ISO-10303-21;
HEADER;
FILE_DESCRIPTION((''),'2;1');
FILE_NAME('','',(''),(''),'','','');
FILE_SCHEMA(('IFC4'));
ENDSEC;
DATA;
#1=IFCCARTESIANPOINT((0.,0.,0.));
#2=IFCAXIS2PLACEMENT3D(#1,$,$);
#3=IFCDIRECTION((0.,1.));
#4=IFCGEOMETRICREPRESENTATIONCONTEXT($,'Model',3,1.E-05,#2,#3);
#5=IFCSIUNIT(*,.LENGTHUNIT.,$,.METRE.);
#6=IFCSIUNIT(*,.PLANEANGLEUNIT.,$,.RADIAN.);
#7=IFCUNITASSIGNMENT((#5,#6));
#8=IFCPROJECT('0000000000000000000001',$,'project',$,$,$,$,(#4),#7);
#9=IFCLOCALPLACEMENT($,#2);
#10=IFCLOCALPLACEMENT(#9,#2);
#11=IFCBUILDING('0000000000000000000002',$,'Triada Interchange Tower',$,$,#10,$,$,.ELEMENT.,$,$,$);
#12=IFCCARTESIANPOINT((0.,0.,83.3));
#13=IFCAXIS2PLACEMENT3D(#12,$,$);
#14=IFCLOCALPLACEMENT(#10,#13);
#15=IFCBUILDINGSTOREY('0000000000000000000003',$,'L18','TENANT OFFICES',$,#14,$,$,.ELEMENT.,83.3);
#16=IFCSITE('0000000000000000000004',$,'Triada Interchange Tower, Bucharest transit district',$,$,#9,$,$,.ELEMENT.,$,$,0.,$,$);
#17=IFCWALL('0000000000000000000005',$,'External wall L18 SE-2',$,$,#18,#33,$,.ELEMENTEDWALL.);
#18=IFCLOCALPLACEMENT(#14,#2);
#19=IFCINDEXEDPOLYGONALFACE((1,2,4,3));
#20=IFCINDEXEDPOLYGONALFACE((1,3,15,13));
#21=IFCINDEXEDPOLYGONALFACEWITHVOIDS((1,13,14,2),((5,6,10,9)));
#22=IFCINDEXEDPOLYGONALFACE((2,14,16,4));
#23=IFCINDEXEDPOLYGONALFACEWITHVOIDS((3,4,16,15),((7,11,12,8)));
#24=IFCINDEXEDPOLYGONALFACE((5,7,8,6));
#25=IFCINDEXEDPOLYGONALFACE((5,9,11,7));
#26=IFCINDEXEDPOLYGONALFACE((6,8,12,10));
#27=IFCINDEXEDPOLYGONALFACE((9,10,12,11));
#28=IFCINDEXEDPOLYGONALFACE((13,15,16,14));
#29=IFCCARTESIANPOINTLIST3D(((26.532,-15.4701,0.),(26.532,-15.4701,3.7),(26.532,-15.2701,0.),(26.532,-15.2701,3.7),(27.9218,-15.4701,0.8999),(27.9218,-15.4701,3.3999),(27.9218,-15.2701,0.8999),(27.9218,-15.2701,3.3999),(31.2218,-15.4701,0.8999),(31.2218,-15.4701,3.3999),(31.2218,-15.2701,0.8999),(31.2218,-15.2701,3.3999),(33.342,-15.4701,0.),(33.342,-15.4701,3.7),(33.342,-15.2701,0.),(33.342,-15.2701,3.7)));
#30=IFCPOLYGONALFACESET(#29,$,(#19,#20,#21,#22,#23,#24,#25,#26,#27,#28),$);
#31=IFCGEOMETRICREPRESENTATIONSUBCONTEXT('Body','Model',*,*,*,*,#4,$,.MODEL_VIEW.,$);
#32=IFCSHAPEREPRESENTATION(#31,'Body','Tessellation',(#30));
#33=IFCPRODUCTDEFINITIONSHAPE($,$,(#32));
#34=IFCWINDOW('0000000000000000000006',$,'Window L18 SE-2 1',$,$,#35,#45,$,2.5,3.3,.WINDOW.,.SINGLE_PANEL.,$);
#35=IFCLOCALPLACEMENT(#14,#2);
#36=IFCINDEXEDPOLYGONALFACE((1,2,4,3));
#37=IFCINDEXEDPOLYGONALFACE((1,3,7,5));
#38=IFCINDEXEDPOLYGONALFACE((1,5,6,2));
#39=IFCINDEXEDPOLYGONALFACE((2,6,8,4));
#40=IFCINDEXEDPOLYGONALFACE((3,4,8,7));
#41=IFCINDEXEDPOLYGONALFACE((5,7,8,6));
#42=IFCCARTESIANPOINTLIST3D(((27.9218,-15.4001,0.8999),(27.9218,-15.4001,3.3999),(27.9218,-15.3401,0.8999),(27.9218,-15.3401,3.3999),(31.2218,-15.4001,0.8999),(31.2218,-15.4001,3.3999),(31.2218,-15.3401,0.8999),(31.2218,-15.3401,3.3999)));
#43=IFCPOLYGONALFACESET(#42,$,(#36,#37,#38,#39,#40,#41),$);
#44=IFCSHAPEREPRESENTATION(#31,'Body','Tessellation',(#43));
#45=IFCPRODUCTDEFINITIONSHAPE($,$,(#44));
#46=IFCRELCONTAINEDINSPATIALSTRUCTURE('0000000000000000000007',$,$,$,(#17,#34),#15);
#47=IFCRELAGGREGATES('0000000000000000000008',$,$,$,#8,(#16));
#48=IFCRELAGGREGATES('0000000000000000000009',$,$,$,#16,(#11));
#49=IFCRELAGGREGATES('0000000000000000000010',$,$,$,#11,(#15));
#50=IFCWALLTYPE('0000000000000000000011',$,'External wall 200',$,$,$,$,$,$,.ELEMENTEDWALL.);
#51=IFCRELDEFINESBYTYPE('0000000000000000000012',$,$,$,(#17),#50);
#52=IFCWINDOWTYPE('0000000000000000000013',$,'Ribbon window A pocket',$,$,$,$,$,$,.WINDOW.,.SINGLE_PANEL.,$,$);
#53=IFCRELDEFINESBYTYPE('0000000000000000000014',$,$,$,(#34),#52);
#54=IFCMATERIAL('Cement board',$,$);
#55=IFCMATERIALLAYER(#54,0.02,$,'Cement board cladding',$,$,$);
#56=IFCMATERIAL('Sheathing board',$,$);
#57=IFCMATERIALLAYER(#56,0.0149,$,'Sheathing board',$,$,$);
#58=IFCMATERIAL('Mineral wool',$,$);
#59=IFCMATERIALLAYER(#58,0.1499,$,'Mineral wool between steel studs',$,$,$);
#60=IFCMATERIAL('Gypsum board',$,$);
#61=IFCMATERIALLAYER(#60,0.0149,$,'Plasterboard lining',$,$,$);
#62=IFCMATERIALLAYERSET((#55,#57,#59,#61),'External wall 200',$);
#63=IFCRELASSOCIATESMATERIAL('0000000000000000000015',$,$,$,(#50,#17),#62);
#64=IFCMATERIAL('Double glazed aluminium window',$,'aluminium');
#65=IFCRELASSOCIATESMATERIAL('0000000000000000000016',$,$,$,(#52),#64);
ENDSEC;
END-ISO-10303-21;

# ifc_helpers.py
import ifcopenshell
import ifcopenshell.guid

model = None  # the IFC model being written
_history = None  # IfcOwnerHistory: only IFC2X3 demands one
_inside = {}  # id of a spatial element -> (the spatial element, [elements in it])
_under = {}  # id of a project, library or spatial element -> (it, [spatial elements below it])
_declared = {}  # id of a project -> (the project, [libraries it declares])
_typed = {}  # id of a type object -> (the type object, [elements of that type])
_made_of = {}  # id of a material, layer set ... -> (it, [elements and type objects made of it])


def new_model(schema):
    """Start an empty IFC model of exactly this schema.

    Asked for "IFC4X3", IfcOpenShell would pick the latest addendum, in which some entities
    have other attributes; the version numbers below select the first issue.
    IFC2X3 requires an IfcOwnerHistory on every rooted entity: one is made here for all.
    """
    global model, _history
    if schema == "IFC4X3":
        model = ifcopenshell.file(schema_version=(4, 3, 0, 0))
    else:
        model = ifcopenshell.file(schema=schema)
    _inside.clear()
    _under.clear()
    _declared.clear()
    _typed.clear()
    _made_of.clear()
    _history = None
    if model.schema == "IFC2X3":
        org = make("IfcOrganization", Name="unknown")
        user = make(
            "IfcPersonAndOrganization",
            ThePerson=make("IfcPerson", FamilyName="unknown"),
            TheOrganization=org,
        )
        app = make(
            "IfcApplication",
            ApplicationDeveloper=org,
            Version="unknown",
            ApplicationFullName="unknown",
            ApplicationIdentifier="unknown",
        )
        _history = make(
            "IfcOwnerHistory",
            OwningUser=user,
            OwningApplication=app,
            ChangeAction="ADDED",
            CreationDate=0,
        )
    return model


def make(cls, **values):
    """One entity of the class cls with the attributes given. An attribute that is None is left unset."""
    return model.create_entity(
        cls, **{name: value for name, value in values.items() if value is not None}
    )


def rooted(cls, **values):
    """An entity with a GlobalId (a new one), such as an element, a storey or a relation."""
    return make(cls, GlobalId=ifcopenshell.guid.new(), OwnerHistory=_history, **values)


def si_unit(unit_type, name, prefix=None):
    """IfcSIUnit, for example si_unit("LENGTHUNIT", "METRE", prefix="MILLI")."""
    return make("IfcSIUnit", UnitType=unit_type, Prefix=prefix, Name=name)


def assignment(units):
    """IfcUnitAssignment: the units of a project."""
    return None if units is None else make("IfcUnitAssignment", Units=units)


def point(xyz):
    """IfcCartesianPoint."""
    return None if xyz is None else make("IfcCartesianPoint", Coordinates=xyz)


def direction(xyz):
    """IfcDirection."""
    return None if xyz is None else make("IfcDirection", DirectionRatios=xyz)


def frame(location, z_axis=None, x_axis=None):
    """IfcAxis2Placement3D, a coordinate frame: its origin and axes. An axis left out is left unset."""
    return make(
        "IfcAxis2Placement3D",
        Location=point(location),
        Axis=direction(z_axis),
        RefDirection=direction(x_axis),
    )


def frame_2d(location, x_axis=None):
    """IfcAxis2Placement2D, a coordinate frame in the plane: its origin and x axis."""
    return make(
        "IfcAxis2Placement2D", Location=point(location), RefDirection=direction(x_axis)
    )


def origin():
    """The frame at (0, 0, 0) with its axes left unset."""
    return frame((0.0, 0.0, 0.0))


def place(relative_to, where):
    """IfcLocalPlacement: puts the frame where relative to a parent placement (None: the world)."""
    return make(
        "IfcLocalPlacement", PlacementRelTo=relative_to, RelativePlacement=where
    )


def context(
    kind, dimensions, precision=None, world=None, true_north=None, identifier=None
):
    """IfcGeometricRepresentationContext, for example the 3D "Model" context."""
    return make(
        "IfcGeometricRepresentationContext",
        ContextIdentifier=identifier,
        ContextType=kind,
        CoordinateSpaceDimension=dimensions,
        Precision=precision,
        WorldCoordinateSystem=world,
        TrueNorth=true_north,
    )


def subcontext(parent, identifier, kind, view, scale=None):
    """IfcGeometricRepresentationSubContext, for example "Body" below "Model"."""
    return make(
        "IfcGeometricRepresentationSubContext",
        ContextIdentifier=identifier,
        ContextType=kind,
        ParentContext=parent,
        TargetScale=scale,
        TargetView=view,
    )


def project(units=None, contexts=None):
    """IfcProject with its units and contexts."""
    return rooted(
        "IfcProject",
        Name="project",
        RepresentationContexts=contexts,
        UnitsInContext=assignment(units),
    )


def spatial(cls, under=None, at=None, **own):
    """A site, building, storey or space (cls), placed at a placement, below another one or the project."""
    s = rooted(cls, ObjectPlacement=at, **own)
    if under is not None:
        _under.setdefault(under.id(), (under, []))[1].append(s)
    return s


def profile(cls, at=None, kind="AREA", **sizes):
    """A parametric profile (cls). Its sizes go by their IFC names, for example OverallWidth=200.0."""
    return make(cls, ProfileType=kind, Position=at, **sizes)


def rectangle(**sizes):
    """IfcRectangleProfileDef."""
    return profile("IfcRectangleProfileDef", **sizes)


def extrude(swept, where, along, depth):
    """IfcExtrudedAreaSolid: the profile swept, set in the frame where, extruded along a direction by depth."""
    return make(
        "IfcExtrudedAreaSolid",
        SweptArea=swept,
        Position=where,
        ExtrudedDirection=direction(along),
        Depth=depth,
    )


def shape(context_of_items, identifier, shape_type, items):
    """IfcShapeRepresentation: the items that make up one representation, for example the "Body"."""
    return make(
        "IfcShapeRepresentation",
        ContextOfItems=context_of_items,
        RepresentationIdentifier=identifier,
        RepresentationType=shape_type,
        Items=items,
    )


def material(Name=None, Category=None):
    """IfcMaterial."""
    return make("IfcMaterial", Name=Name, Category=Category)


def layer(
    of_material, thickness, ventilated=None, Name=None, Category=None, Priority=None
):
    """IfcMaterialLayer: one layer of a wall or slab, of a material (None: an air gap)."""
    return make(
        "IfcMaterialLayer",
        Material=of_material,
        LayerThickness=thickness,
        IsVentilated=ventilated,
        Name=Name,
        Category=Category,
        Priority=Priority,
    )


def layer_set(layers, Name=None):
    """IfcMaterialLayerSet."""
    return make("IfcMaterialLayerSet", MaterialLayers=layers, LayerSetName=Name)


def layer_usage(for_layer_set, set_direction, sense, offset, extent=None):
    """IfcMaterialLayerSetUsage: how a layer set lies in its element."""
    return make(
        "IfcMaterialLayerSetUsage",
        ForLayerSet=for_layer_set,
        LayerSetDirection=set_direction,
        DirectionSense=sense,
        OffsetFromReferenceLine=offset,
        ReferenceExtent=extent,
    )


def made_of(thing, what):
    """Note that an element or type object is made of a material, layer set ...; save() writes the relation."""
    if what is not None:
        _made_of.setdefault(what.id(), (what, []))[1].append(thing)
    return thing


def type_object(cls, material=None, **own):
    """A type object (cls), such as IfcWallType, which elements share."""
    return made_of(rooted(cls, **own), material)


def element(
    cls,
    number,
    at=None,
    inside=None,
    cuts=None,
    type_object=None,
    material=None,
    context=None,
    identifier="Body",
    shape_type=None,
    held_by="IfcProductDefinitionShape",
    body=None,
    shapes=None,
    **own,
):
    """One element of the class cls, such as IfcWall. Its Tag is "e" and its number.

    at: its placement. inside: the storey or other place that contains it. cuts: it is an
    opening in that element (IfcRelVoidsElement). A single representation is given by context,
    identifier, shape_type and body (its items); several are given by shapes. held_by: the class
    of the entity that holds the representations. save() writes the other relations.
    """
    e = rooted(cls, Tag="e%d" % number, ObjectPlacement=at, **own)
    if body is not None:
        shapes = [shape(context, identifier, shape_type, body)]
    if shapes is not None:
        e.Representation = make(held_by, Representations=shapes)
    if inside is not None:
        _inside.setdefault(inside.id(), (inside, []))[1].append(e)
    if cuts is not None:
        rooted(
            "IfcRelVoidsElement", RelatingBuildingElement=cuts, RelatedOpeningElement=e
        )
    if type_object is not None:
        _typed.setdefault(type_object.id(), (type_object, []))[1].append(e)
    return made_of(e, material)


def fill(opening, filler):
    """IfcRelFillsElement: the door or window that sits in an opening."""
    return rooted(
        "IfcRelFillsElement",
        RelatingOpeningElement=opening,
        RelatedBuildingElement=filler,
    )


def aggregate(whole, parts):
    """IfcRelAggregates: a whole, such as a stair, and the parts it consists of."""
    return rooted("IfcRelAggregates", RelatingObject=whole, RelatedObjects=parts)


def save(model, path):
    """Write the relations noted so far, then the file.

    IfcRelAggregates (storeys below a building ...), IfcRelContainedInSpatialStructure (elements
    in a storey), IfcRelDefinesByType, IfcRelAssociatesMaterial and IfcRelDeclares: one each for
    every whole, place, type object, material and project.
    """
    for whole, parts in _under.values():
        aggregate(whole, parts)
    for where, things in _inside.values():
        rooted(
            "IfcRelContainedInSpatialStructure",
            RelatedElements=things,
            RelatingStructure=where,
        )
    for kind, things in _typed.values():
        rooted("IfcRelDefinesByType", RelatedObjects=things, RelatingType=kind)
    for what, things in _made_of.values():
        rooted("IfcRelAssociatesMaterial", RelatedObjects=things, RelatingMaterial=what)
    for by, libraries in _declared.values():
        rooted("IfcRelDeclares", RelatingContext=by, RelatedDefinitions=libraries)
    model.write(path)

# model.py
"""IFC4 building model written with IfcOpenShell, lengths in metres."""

from ifc_helpers import new_model, si_unit, direction, frame, frame_2d, origin, place, context, subcontext, project, spatial, rectangle, extrude, material, layer, layer_set, layer_usage, type_object, element, fill, save


model = new_model("IFC4")

# Units and contexts
model_context = context("Model", 3, precision=1e-05, world=origin(), true_north=direction((0.0, 1.0)))
body_context = subcontext(model_context, "Body", "Model", "MODEL_VIEW")
ifc_project = project(units=[si_unit("LENGTHUNIT", "METRE"), si_unit("PLANEANGLEUNIT", "RADIAN")], contexts=[model_context])

# Site, building, storey
site_placement = place(None, origin())
site = spatial("IfcSite", under=ifc_project, at=site_placement, Name="Triada Interchange Tower, Bucharest transit district", CompositionType="ELEMENT", RefElevation=0.0)
building_placement = place(site_placement, origin())
building = spatial("IfcBuilding", under=site, at=building_placement, Name="Triada Interchange Tower", CompositionType="ELEMENT")
storey_placement = place(building_placement, frame((0.0, 0.0, 83.3)))
storey = spatial("IfcBuildingStorey", under=building, at=storey_placement, Name="L18", Description="TENANT OFFICES", CompositionType="ELEMENT", Elevation=83.3)

# Wall, opening, window
ifc_material_1 = material(Name="Cement board")
ifc_layer_1 = layer(ifc_material_1, 0.02, Name="Cement board cladding")
ifc_material_2 = material(Name="Sheathing board")
ifc_layer_2 = layer(ifc_material_2, 0.0149, Name="Sheathing board")
ifc_material_3 = material(Name="Mineral wool")
ifc_layer_3 = layer(ifc_material_3, 0.1499, Name="Mineral wool between steel studs")
ifc_material_4 = material(Name="Gypsum board")
ifc_layer_4 = layer(ifc_material_4, 0.0149, Name="Plasterboard lining")
ifc_layer_set_1 = layer_set([ifc_layer_1, ifc_layer_2, ifc_layer_3, ifc_layer_4], Name="External wall 200")
ifc_layer_usage = layer_usage(ifc_layer_set_1, "AXIS2", "POSITIVE", -0.1001)
wall_type = type_object("IfcWallType", Name="External wall 200", PredefinedType="ELEMENTEDWALL", material=ifc_layer_set_1)
ifc_material_5 = material(Name="Double glazed aluminium window", Category="aluminium")
window_type_1 = type_object("IfcWindowType", Name="Ribbon window A pocket", PartitioningType="SINGLE_PANEL", PredefinedType="WINDOW", material=ifc_material_5)
wall_1_placement = place(storey_placement, frame((26.532, -15.3701, 0.0), z_axis=(0.0, 0.0, 1.0), x_axis=(1.0, 0.0, 0.0)))
wall_1 = element("IfcWall", 1, at=wall_1_placement, inside=storey, type_object=wall_type, material=ifc_layer_usage, Name="External wall L18 SE-2", PredefinedType="ELEMENTEDWALL", context=body_context, shape_type="SweptSolid", body=[
    extrude(rectangle(XDim=6.8101, YDim=0.2, at=frame_2d((3.405, 0.0))), origin(), (0.0, 0.0, 1.0), 3.7),
])
opening_1_placement = place(wall_1_placement, frame((1.3899, 0.0, 0.8999)))
opening_1 = element("IfcOpeningElement", 2, at=opening_1_placement, cuts=wall_1, PredefinedType="OPENING", context=body_context, shape_type="SweptSolid", body=[
    extrude(rectangle(XDim=3.3, YDim=2.5, at=frame_2d((1.6499, 1.25))), frame((0.0, 0.1099, 0.0), z_axis=(0.0, -1.0, 0.0), x_axis=(1.0, 0.0, 0.0)), (0.0, 0.0, 1.0), 0.22),
])
window_1_placement = place(opening_1_placement, origin())
window_1 = element("IfcWindow", 3, at=window_1_placement, inside=storey, type_object=window_type_1, Name="Window L18 SE-2 1", OverallHeight=2.5, OverallWidth=3.3, PartitioningType="SINGLE_PANEL", PredefinedType="WINDOW", context=body_context, shape_type="SweptSolid", body=[
    extrude(rectangle(XDim=3.3, YDim=2.5, at=frame_2d((1.6499, 1.25))), frame((0.0, 0.03, 0.0), z_axis=(0.0, -1.0, 0.0), x_axis=(1.0, 0.0, 0.0)), (0.0, 0.0, 1.0), 0.0601),
])
fill(opening_1, window_1)

save(model, "model.ifc")
